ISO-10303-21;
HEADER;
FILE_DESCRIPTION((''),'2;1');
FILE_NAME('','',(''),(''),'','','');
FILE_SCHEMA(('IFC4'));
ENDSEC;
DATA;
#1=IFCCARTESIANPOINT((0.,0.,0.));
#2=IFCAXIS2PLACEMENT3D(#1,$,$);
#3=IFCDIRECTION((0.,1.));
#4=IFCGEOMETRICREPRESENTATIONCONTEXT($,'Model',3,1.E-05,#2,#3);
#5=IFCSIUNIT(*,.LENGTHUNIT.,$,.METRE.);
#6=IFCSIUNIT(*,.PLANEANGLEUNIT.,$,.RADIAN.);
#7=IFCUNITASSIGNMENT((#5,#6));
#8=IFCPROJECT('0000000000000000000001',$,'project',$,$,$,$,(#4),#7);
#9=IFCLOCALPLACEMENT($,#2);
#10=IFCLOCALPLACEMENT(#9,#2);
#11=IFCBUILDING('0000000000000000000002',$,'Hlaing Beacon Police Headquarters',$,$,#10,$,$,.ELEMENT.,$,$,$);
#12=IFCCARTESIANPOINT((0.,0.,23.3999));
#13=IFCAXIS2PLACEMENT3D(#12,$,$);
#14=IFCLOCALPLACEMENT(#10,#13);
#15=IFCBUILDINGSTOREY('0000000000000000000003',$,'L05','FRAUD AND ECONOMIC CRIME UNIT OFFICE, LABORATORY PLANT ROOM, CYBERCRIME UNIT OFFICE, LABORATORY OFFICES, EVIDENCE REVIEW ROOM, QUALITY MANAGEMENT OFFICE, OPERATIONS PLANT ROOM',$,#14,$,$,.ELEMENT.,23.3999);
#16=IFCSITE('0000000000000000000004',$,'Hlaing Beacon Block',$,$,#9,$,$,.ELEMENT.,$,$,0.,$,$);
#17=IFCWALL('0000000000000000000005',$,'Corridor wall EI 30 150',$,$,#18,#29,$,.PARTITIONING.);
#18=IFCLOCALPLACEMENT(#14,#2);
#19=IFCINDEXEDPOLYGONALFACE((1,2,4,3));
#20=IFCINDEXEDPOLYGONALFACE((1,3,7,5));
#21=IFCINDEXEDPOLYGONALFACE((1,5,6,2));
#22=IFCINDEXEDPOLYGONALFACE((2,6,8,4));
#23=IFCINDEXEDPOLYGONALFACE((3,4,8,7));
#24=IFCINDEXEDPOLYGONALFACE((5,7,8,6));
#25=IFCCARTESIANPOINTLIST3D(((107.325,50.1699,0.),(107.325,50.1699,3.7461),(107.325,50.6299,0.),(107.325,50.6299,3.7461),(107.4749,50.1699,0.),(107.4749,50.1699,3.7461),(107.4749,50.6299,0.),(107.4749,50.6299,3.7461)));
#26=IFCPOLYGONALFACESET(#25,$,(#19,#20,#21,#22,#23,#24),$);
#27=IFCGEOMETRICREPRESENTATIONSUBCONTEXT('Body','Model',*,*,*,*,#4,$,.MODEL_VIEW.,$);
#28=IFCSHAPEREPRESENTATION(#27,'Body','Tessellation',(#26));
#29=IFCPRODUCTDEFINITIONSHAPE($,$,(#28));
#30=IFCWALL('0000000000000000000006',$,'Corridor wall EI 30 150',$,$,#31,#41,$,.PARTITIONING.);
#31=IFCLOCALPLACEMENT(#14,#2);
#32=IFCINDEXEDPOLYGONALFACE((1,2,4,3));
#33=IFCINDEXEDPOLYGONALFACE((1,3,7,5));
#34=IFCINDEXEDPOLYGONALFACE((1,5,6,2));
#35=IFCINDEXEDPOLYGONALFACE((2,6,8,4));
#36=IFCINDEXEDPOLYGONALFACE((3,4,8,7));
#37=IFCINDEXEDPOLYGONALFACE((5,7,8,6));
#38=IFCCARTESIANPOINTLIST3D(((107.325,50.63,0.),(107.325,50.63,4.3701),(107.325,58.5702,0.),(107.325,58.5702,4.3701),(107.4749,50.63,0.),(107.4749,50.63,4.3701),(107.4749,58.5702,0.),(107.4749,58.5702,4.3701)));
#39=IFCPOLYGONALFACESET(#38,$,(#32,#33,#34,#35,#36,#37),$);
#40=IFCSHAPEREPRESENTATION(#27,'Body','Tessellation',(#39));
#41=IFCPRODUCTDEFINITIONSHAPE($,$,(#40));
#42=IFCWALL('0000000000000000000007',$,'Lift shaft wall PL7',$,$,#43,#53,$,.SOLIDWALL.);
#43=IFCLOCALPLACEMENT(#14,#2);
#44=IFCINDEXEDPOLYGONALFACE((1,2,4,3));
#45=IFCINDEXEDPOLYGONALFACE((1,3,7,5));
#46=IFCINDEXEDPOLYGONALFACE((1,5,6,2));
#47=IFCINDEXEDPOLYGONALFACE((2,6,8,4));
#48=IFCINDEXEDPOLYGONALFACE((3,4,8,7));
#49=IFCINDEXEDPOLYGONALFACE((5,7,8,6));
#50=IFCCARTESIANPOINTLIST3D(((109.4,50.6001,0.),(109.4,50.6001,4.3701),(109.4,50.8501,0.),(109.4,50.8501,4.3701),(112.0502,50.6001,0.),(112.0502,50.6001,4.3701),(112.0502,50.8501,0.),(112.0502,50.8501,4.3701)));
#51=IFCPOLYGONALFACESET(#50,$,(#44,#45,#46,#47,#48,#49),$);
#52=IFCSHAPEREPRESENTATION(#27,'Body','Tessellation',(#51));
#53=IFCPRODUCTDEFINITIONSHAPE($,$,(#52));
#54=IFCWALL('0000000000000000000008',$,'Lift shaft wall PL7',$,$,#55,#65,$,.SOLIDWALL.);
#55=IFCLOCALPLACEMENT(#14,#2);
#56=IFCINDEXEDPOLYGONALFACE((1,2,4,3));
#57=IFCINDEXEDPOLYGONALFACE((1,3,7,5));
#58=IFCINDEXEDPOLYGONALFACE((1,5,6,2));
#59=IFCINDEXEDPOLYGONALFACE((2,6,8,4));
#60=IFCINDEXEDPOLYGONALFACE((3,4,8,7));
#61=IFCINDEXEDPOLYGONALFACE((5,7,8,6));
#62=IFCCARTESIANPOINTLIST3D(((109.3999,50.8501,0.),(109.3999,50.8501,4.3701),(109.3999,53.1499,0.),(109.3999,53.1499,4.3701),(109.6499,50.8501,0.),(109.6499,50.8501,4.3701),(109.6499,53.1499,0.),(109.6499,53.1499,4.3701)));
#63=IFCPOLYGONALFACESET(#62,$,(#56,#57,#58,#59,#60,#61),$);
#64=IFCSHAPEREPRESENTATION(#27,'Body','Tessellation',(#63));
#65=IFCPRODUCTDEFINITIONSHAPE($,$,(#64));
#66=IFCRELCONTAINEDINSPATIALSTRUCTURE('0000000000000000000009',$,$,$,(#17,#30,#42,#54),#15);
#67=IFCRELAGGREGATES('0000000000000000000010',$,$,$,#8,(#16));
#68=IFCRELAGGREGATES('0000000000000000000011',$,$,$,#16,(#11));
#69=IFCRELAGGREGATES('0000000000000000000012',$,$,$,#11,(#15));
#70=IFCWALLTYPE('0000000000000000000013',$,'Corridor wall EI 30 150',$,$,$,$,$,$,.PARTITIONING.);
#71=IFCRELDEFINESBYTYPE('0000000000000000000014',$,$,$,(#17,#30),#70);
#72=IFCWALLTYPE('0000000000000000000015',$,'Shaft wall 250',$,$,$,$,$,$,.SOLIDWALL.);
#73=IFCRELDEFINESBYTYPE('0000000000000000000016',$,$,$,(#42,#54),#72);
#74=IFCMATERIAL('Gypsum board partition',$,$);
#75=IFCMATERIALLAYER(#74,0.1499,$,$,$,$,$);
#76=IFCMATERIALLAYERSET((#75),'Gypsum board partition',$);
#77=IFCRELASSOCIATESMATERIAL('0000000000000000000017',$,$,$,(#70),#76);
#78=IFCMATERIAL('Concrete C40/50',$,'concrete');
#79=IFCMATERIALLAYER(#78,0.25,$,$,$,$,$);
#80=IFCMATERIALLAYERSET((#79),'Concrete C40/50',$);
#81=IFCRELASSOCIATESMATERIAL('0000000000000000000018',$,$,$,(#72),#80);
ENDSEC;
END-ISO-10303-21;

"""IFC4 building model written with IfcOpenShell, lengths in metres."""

from ifc_helpers import new_model, si_unit, direction, frame, frame_2d, origin, place, context, subcontext, project, spatial, rectangle, extrude, material, layer, layer_set, type_object, element, save


model = new_model("IFC4")

# Units and contexts
model_context = context("Model", 3, precision=1e-05, world=origin(), true_north=direction((0.0, 1.0)))
body_context = subcontext(model_context, "Body", "Model", "MODEL_VIEW")
ifc_project = project(units=[si_unit("LENGTHUNIT", "METRE"), si_unit("PLANEANGLEUNIT", "RADIAN")], contexts=[model_context])

# Site, building, storey
site_placement = place(None, origin())
site = spatial("IfcSite", under=ifc_project, at=site_placement, Name="Hlaing Beacon Block", CompositionType="ELEMENT", RefElevation=0.0)
building_placement = place(site_placement, origin())
building = spatial("IfcBuilding", under=site, at=building_placement, Name="Hlaing Beacon Police Headquarters", CompositionType="ELEMENT")
storey_placement = place(building_placement, frame((0.0, 0.0, 23.3999)))
storey = spatial("IfcBuildingStorey", under=building, at=storey_placement, Name="L05", Description="FRAUD AND ECONOMIC CRIME UNIT OFFICE, LABORATORY PLANT ROOM, CYBERCRIME UNIT OFFICE, LABORATORY OFFICES, EVIDENCE REVIEW ROOM, QUALITY MANAGEMENT OFFICE, OPERATIONS PLANT ROOM", CompositionType="ELEMENT", Elevation=23.3999)

# Shared definitions
ifc_material_1 = material(Name="Gypsum board partition")
ifc_layer_1 = layer(ifc_material_1, 0.1499)
ifc_layer_set_1 = layer_set([ifc_layer_1], Name="Gypsum board partition")
wall_type_1 = type_object("IfcWallType", Name="Corridor wall EI 30 150", PredefinedType="PARTITIONING", material=ifc_layer_set_1)

# Walls
wall_1_placement = place(storey_placement, frame((107.3999, 50.1699, 0.0), z_axis=(0.0, 0.0, 1.0), x_axis=(0.0, 1.0, 0.0)))
element("IfcWall", 1, at=wall_1_placement, inside=storey, type_object=wall_type_1, Name="Corridor wall EI 30 150", PredefinedType="PARTITIONING", context=body_context, shape_type="SweptSolid", body=[
    extrude(rectangle(XDim=0.46, YDim=0.1499, at=frame_2d((0.23, 0.0))), origin(), (0.0, 0.0, 1.0), 3.7461),
])
wall_2_placement = place(storey_placement, frame((107.3999, 50.6299, 0.0), z_axis=(0.0, 0.0, 1.0), x_axis=(0.0, 1.0, 0.0)))
element("IfcWall", 2, at=wall_2_placement, inside=storey, type_object=wall_type_1, Name="Corridor wall EI 30 150", PredefinedType="PARTITIONING", context=body_context, shape_type="SweptSolid", body=[
    extrude(rectangle(XDim=7.9402, YDim=0.1499, at=frame_2d((3.9702, 0.0))), origin(), (0.0, 0.0, 1.0), 4.3701),
])
ifc_material_2 = material(Name="Concrete C40/50", Category="concrete")
ifc_layer_2 = layer(ifc_material_2, 0.25)
ifc_layer_set_2 = layer_set([ifc_layer_2], Name="Concrete C40/50")
wall_type_2 = type_object("IfcWallType", Name="Shaft wall 250", PredefinedType="SOLIDWALL", material=ifc_layer_set_2)
wall_3_placement = place(storey_placement, frame((109.3999, 50.7251, 0.0), z_axis=(0.0, 0.0, 1.0), x_axis=(1.0, 0.0, 0.0)))
element("IfcWall", 3, at=wall_3_placement, inside=storey, type_object=wall_type_2, Name="Lift shaft wall PL7", PredefinedType="SOLIDWALL", context=body_context, shape_type="SweptSolid", body=[
    extrude(rectangle(XDim=2.6501, YDim=0.25, at=frame_2d((1.3252, 0.0))), origin(), (0.0, 0.0, 1.0), 4.3701),
])
wall_4_placement = place(storey_placement, frame((109.5249, 50.8501, 0.0), z_axis=(0.0, 0.0, 1.0), x_axis=(0.0, 1.0, 0.0)))
element("IfcWall", 4, at=wall_4_placement, inside=storey, type_object=wall_type_2, Name="Lift shaft wall PL7", PredefinedType="SOLIDWALL", context=body_context, shape_type="SweptSolid", body=[
    extrude(rectangle(XDim=2.2998, YDim=0.25, at=frame_2d((1.1499, 0.0))), origin(), (0.0, 0.0, 1.0), 4.3701),
])

save(model, "model.ifc")
